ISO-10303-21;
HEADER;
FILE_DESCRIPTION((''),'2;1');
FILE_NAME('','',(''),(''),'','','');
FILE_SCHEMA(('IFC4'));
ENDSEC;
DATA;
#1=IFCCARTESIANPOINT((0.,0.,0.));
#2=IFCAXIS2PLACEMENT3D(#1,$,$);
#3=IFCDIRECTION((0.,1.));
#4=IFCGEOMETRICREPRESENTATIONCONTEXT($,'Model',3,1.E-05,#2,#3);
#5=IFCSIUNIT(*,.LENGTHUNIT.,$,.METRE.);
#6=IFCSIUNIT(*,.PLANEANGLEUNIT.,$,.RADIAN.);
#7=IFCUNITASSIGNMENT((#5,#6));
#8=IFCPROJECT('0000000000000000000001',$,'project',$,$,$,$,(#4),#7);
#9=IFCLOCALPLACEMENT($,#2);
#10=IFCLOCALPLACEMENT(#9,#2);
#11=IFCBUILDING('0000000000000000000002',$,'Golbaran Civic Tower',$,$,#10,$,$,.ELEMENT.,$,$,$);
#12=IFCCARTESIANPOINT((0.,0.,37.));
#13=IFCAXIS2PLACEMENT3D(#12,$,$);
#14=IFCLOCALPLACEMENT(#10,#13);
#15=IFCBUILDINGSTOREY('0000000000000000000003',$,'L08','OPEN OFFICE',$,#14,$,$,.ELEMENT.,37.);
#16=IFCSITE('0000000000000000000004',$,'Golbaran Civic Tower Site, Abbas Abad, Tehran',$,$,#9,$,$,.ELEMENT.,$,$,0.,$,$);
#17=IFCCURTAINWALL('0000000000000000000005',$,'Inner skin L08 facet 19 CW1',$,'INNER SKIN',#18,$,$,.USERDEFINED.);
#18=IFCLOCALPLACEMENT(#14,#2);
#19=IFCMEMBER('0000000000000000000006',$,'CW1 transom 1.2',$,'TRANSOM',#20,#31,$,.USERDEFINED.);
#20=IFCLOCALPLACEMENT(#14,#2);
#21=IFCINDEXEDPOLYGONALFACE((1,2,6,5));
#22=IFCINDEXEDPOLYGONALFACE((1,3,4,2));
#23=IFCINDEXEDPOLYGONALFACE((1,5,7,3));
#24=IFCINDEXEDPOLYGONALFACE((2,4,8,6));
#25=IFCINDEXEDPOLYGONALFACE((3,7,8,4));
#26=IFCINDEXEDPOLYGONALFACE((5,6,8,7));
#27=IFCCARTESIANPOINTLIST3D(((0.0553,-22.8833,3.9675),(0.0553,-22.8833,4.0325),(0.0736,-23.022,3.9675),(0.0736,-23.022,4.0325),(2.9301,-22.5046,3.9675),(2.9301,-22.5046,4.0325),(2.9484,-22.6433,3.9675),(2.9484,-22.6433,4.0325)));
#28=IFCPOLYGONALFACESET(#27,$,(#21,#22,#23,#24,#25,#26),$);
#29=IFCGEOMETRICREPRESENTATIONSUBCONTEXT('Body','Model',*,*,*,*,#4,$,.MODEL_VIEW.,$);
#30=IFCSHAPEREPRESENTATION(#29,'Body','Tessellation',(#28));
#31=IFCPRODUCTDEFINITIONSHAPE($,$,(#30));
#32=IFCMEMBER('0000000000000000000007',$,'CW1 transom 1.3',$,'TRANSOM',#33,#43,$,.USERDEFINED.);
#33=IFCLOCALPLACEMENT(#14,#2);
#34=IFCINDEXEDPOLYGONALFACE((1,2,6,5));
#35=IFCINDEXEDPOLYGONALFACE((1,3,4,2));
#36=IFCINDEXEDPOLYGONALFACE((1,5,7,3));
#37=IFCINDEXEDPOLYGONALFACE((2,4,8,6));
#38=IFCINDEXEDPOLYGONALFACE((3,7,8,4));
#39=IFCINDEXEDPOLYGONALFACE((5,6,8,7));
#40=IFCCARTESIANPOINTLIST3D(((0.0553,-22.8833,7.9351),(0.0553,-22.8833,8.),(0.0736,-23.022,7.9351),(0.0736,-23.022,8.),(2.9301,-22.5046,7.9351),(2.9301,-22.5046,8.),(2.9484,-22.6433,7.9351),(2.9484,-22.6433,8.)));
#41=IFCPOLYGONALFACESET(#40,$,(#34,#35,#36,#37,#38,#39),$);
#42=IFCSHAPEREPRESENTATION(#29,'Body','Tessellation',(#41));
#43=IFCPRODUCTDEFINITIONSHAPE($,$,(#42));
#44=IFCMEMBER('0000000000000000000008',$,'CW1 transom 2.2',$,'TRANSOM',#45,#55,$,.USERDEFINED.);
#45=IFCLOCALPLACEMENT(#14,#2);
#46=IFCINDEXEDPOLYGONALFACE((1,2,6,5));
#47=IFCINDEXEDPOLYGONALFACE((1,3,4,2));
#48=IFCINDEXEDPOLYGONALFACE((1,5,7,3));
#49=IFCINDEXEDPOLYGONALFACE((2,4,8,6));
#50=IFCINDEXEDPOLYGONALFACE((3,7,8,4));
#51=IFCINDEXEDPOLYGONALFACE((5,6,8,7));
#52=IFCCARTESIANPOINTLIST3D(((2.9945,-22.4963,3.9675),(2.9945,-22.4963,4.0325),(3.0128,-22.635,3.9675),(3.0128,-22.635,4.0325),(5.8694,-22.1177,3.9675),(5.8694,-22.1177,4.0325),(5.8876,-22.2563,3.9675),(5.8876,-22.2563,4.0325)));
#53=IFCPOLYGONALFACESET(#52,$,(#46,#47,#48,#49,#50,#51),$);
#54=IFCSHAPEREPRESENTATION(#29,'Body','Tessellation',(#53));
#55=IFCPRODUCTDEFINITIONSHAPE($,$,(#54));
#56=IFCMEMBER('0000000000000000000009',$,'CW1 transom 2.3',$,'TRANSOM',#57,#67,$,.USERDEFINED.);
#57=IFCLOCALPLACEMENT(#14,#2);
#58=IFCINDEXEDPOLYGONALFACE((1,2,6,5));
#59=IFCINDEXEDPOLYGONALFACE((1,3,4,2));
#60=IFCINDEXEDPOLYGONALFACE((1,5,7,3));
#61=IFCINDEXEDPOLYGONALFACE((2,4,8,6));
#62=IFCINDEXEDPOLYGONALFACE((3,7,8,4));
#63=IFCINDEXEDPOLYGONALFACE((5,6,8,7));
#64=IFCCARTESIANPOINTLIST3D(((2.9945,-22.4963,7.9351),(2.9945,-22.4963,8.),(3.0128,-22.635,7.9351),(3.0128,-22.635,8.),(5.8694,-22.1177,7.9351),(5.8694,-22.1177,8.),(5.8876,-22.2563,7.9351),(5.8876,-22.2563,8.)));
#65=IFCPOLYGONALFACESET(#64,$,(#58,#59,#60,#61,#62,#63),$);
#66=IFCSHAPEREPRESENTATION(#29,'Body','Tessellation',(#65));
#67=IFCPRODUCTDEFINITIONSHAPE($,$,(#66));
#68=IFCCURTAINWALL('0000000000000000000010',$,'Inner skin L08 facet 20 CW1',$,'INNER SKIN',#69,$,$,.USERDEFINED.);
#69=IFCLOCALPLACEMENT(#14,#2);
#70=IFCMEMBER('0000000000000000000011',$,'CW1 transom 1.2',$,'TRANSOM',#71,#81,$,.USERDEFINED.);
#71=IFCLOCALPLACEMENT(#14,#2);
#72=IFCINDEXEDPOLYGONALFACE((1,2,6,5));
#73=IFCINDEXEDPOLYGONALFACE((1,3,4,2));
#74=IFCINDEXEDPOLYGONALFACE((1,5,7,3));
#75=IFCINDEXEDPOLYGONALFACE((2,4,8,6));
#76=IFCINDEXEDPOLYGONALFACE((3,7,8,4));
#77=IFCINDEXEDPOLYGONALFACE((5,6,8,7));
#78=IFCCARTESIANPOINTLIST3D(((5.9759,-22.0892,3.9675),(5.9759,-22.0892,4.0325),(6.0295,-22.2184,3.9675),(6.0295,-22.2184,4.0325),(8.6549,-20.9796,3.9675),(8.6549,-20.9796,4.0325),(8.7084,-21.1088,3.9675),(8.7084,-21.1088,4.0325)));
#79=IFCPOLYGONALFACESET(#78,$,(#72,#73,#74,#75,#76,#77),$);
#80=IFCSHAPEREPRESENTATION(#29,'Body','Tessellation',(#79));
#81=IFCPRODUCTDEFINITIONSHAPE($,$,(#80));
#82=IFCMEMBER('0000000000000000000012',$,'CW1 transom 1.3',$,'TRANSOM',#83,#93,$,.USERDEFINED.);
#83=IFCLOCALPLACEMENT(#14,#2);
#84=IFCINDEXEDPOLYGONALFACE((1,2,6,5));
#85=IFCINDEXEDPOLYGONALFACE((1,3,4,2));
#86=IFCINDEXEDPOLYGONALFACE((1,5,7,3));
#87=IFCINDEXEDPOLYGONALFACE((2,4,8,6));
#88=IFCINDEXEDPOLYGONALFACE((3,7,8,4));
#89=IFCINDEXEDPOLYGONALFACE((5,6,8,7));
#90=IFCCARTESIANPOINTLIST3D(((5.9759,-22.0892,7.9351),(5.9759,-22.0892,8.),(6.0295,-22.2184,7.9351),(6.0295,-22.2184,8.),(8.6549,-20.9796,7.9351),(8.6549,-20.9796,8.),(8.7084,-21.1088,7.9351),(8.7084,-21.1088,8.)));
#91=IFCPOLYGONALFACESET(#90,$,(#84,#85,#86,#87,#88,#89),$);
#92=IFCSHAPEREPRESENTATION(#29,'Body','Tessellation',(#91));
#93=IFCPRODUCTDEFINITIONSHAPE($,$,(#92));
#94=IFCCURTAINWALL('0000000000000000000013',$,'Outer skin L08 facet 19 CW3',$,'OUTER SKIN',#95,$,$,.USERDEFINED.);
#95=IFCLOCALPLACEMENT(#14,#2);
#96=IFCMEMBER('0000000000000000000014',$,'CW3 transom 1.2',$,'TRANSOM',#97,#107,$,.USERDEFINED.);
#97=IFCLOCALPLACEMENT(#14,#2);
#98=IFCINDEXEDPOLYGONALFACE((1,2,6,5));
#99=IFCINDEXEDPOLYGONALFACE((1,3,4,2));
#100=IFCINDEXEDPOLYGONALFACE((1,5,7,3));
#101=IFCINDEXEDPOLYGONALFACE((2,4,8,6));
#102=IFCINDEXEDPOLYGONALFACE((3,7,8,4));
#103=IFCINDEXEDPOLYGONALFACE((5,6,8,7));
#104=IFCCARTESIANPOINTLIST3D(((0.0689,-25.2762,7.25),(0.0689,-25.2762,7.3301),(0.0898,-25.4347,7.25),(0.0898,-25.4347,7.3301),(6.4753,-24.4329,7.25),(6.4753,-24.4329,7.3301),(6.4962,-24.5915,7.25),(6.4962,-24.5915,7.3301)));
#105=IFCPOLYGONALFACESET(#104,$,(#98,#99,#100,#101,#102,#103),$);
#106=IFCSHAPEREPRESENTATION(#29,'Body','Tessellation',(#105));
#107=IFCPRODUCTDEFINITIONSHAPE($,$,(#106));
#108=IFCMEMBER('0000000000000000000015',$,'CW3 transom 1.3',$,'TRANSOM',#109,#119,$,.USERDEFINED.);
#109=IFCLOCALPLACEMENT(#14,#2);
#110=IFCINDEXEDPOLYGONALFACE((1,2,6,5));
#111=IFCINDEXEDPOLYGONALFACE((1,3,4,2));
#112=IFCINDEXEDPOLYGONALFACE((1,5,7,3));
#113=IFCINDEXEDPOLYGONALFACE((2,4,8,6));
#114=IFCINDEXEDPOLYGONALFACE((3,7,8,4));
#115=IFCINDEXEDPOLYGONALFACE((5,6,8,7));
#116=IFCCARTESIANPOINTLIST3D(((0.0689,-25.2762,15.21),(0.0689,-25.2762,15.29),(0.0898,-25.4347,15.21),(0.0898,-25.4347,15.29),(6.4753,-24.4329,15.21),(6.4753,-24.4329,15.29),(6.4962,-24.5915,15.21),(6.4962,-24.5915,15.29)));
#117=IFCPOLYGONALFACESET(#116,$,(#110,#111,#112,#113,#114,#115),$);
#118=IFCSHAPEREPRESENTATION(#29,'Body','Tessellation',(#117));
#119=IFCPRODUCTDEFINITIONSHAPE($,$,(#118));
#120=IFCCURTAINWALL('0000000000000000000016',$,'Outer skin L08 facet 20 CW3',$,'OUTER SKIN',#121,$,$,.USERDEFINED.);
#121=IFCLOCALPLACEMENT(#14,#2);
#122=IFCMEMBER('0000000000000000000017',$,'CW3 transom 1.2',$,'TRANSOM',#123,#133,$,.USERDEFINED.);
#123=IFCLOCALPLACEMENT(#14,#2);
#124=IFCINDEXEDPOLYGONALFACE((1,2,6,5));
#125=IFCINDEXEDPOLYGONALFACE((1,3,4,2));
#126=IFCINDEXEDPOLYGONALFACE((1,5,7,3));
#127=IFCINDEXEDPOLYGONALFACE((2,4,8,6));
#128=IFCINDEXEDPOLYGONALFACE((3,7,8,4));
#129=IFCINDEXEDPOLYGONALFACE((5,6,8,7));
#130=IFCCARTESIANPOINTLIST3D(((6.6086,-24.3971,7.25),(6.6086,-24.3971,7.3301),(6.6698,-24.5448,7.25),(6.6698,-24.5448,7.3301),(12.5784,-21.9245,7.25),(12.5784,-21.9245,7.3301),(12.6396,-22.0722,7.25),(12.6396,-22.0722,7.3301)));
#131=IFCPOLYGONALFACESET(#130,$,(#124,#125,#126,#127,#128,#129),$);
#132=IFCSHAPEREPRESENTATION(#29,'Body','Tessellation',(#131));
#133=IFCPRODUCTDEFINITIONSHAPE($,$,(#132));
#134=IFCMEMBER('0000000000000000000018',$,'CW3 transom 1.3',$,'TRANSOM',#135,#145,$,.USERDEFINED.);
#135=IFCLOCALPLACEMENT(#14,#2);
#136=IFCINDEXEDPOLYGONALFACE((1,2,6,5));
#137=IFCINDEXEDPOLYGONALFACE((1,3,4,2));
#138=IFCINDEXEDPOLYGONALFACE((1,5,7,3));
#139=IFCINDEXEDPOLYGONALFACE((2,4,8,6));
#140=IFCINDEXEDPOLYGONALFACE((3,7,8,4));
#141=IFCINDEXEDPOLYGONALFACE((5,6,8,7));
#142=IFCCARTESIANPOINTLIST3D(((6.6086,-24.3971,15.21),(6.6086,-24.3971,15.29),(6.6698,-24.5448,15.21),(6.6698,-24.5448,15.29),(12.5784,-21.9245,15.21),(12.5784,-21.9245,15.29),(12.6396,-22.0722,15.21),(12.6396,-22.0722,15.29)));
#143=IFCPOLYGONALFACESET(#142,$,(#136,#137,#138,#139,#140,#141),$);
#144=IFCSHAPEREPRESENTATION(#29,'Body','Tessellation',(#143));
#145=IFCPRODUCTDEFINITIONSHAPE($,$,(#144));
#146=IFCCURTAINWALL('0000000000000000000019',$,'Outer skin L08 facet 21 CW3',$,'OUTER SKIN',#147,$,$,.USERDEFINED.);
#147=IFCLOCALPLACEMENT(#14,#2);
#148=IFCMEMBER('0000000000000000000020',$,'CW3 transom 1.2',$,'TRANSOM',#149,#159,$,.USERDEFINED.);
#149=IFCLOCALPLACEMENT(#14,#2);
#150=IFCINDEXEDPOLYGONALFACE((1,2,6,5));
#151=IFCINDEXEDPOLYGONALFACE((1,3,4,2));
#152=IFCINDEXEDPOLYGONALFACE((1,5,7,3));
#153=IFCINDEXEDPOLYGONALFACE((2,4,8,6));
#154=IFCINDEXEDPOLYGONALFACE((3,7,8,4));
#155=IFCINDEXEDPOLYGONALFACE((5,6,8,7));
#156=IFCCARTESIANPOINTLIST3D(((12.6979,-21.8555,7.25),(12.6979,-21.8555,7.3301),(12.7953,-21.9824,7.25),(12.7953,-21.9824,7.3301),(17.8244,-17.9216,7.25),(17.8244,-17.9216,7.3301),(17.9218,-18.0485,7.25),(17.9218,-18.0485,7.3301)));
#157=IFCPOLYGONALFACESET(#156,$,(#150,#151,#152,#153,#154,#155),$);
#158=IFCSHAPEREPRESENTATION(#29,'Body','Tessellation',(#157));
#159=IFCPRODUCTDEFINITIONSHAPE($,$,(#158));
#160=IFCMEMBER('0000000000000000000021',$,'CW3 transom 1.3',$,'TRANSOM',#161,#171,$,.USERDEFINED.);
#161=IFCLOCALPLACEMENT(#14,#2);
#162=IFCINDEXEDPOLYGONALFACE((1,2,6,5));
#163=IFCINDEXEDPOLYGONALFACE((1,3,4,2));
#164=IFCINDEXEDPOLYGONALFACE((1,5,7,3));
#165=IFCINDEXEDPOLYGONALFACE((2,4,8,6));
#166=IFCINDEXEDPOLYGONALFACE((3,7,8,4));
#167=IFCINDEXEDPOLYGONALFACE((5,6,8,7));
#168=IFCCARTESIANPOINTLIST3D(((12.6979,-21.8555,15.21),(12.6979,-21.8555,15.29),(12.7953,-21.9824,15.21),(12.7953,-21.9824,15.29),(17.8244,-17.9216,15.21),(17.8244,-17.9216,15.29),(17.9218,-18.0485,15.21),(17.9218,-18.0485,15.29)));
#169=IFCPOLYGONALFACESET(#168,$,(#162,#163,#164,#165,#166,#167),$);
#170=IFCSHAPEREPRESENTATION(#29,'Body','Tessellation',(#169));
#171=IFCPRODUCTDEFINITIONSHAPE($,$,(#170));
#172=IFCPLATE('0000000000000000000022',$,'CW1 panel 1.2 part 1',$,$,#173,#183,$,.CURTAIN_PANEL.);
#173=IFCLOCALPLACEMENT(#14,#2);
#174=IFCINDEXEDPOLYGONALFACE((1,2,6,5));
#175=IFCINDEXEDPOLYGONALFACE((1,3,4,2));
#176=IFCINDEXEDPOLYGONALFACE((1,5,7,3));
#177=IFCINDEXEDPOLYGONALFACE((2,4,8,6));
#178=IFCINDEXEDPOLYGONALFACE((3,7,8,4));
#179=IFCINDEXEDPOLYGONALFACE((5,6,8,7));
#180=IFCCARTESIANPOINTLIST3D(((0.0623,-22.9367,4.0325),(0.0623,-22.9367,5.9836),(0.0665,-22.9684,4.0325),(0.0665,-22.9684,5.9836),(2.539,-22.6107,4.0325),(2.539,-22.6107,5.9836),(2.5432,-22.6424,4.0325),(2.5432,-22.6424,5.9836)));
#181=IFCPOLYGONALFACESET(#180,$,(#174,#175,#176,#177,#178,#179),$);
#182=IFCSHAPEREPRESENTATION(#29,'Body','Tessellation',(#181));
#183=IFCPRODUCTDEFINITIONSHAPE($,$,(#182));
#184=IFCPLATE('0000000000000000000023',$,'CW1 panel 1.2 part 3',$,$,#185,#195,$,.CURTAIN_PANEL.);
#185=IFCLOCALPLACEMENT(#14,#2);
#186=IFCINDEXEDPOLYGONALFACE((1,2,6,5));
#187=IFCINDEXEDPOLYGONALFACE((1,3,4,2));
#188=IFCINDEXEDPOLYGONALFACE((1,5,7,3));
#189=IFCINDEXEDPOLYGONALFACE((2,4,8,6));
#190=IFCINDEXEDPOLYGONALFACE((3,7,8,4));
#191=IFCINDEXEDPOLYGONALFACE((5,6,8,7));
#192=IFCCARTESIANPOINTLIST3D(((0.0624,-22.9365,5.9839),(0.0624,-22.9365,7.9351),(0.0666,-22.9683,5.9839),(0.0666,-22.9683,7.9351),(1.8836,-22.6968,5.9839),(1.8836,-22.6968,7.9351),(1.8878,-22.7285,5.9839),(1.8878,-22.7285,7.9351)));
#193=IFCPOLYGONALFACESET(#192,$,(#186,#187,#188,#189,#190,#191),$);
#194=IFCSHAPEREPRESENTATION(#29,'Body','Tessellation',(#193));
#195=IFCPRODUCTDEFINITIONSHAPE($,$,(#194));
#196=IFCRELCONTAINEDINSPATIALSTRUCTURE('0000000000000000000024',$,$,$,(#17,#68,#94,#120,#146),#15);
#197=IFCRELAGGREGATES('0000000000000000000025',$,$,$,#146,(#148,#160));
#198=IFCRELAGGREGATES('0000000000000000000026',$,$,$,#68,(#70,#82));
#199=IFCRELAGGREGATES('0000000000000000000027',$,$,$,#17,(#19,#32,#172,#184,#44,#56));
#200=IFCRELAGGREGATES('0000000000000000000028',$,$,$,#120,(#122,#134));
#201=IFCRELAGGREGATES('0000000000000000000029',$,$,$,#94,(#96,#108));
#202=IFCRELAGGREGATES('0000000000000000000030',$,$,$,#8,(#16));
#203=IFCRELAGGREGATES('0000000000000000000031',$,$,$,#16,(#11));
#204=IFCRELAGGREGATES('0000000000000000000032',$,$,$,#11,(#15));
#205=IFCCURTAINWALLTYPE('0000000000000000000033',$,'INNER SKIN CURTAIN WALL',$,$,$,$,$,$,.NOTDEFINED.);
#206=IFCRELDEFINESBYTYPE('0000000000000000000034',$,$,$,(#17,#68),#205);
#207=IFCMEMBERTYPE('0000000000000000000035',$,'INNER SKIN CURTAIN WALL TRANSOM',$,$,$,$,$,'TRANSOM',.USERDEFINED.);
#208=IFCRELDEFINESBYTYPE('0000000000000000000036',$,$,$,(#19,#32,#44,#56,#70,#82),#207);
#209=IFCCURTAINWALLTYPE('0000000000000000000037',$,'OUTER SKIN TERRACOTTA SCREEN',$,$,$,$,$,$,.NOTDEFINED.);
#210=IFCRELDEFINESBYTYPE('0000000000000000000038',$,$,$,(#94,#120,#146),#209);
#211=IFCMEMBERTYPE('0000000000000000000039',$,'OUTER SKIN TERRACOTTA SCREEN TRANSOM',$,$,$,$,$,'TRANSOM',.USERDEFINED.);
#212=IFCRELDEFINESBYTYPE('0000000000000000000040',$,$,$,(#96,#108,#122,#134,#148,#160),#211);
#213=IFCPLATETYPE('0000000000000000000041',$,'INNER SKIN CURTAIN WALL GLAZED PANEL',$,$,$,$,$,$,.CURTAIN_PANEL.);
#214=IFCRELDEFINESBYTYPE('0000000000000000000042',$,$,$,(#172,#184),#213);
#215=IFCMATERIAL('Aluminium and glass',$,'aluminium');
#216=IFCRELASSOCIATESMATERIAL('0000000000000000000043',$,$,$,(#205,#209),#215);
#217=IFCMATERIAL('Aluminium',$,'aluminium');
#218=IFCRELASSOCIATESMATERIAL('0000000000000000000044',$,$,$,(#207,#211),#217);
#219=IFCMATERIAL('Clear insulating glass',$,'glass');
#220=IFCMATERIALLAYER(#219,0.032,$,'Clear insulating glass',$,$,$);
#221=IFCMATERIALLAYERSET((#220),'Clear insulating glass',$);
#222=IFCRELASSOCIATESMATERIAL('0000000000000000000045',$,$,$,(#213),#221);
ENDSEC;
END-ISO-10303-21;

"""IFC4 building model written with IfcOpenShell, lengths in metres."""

from ifc_helpers import new_model, si_unit, direction, frame, origin, origin_2d, place, context, subcontext, project, spatial, rectangle, extrude, material, layer, layer_set, material_profile, profile_set, type_object, element, aggregate, save


model = new_model("IFC4")

# Units and contexts
model_context = context("Model", 3, precision=1e-05, world=origin(), true_north=direction((0.0, 1.0)))
body_context = subcontext(model_context, "Body", "Model", "MODEL_VIEW")
ifc_project = project(units=[si_unit("LENGTHUNIT", "METRE"), si_unit("PLANEANGLEUNIT", "RADIAN")], contexts=[model_context])

# Site, building, storey
site_placement = place(None, origin())
site = spatial("IfcSite", under=ifc_project, at=site_placement, Name="Golbaran Civic Tower Site, Abbas Abad, Tehran", CompositionType="ELEMENT", RefElevation=0.0)
building_placement = place(site_placement, origin())
building = spatial("IfcBuilding", under=site, at=building_placement, Name="Golbaran Civic Tower", CompositionType="ELEMENT")
storey_placement = place(building_placement, frame((0.0, 0.0, 37.0)))
storey = spatial("IfcBuildingStorey", under=building, at=storey_placement, Name="L08", Description="OPEN OFFICE", CompositionType="ELEMENT", Elevation=37.0)

# Curtain walls, members
ifc_material_1 = material(Name="Aluminium and glass", Category="aluminium")
curtain_wall_type_1 = type_object("IfcCurtainWallType", Name="INNER SKIN CURTAIN WALL", PredefinedType="NOTDEFINED", material=ifc_material_1)
curtain_wall_1_placement = place(storey_placement, origin())
curtain_wall_1 = element("IfcCurtainWall", 1, at=curtain_wall_1_placement, inside=storey, type_object=curtain_wall_type_1, Name="Inner skin L08 facet 19 CW1", ObjectType="INNER SKIN", PredefinedType="USERDEFINED")
ifc_material_2 = material(Name="Aluminium", Category="aluminium")
ifc_material_profile_1 = material_profile(ifc_material_2, rectangle(XDim=0.1399, YDim=0.0649, at=origin_2d()), Name="INNER SKIN CURTAIN WALL TRANSOM")
ifc_profile_set_1 = profile_set([ifc_material_profile_1], Name="Aluminium")
member_type_1 = type_object("IfcMemberType", Name="INNER SKIN CURTAIN WALL TRANSOM", ElementType="TRANSOM", PredefinedType="USERDEFINED", material=ifc_profile_set_1)
member_1_placement = place(storey_placement, frame((0.0645, -22.9526, 4.0), z_axis=(0.991436, 0.130592, 0.0), x_axis=(-0.130592, 0.991436, 0.0)))
member_1 = element("IfcMember", 2, at=member_1_placement, type_object=member_type_1, Name="CW1 transom 1.2", ObjectType="TRANSOM", PredefinedType="USERDEFINED", context=body_context, shape_type="SweptSolid", body=[
    extrude(rectangle(XDim=0.1399, YDim=0.0649, at=origin_2d()), origin(), (0.0, 0.0, 1.0), 2.8997),
])
member_2_placement = place(storey_placement, frame((0.0645, -22.9526, 7.9675), z_axis=(0.991436, 0.130592, 0.0), x_axis=(-0.130592, 0.991436, 0.0)))
member_2 = element("IfcMember", 3, at=member_2_placement, type_object=member_type_1, Name="CW1 transom 1.3", ObjectType="TRANSOM", PredefinedType="USERDEFINED", context=body_context, shape_type="SweptSolid", body=[
    extrude(rectangle(XDim=0.1399, YDim=0.0649, at=origin_2d()), origin(), (0.0, 0.0, 1.0), 2.8997),
])
member_3_placement = place(storey_placement, frame((3.0037, -22.5657, 4.0), z_axis=(0.991436, 0.130592, 0.0), x_axis=(-0.130592, 0.991436, 0.0)))
member_3 = element("IfcMember", 4, at=member_3_placement, type_object=member_type_1, Name="CW1 transom 2.2", ObjectType="TRANSOM", PredefinedType="USERDEFINED", context=body_context, shape_type="SweptSolid", body=[
    extrude(rectangle(XDim=0.1399, YDim=0.0649, at=origin_2d()), origin(), (0.0, 0.0, 1.0), 2.8997),
])
member_4_placement = place(storey_placement, frame((3.0037, -22.5657, 7.9675), z_axis=(0.991436, 0.130592, 0.0), x_axis=(-0.130592, 0.991436, 0.0)))
member_4 = element("IfcMember", 5, at=member_4_placement, type_object=member_type_1, Name="CW1 transom 2.3", ObjectType="TRANSOM", PredefinedType="USERDEFINED", context=body_context, shape_type="SweptSolid", body=[
    extrude(rectangle(XDim=0.1399, YDim=0.0649, at=origin_2d()), origin(), (0.0, 0.0, 1.0), 2.8997),
])
curtain_wall_2_placement = place(storey_placement, origin())
curtain_wall_2 = element("IfcCurtainWall", 6, at=curtain_wall_2_placement, inside=storey, type_object=curtain_wall_type_1, Name="Inner skin L08 facet 20 CW1", ObjectType="INNER SKIN", PredefinedType="USERDEFINED")
member_5_placement = place(storey_placement, frame((6.0027, -22.1538, 4.0), z_axis=(0.923884, 0.382672, 0.0), x_axis=(-0.382672, 0.923884, 0.0)))
member_5 = element("IfcMember", 7, at=member_5_placement, type_object=member_type_1, Name="CW1 transom 1.2", ObjectType="TRANSOM", PredefinedType="USERDEFINED", context=body_context, shape_type="SweptSolid", body=[
    extrude(rectangle(XDim=0.1399, YDim=0.0649, at=origin_2d()), origin(), (0.0, 0.0, 1.0), 2.8997),
])
member_6_placement = place(storey_placement, frame((6.0027, -22.1538, 7.9675), z_axis=(0.923884, 0.382672, 0.0), x_axis=(-0.382672, 0.923884, 0.0)))
member_6 = element("IfcMember", 8, at=member_6_placement, type_object=member_type_1, Name="CW1 transom 1.3", ObjectType="TRANSOM", PredefinedType="USERDEFINED", context=body_context, shape_type="SweptSolid", body=[
    extrude(rectangle(XDim=0.1399, YDim=0.0649, at=origin_2d()), origin(), (0.0, 0.0, 1.0), 2.8997),
])
curtain_wall_type_2 = type_object("IfcCurtainWallType", Name="OUTER SKIN TERRACOTTA SCREEN", PredefinedType="NOTDEFINED", material=ifc_material_1)
curtain_wall_3_placement = place(storey_placement, origin())
curtain_wall_3 = element("IfcCurtainWall", 9, at=curtain_wall_3_placement, inside=storey, type_object=curtain_wall_type_2, Name="Outer skin L08 facet 19 CW3", ObjectType="OUTER SKIN", PredefinedType="USERDEFINED")
ifc_material_profile_2 = material_profile(ifc_material_2, rectangle(XDim=0.1599, YDim=0.0801, at=origin_2d()), Name="OUTER SKIN TERRACOTTA SCREEN TRANSOM")
ifc_profile_set_2 = profile_set([ifc_material_profile_2], Name="Aluminium")
member_type_2 = type_object("IfcMemberType", Name="OUTER SKIN TERRACOTTA SCREEN TRANSOM", ElementType="TRANSOM", PredefinedType="USERDEFINED", material=ifc_profile_set_2)
member_7_placement = place(storey_placement, frame((0.0793, -25.3555, 7.29), z_axis=(0.991448, 0.1305, 0.0), x_axis=(-0.1305, 0.991448, 0.0)))
member_7 = element("IfcMember", 10, at=member_7_placement, type_object=member_type_2, Name="CW3 transom 1.2", ObjectType="TRANSOM", PredefinedType="USERDEFINED", context=body_context, shape_type="SweptSolid", body=[
    extrude(rectangle(XDim=0.1599, YDim=0.0801, at=origin_2d()), origin(), (0.0, 0.0, 1.0), 6.4617),
])
member_8_placement = place(storey_placement, frame((0.0793, -25.3555, 15.25), z_axis=(0.991448, 0.1305, 0.0), x_axis=(-0.1305, 0.991448, 0.0)))
member_8 = element("IfcMember", 11, at=member_8_placement, type_object=member_type_2, Name="CW3 transom 1.3", ObjectType="TRANSOM", PredefinedType="USERDEFINED", context=body_context, shape_type="SweptSolid", body=[
    extrude(rectangle(XDim=0.1599, YDim=0.0801, at=origin_2d()), origin(), (0.0, 0.0, 1.0), 6.4617),
])
curtain_wall_4_placement = place(storey_placement, origin())
curtain_wall_4 = element("IfcCurtainWall", 12, at=curtain_wall_4_placement, inside=storey, type_object=curtain_wall_type_2, Name="Outer skin L08 facet 20 CW3", ObjectType="OUTER SKIN", PredefinedType="USERDEFINED")
member_9_placement = place(storey_placement, frame((6.6392, -24.4709, 7.29), z_axis=(0.92389, 0.382659, 0.0), x_axis=(-0.382659, 0.92389, 0.0)))
member_9 = element("IfcMember", 13, at=member_9_placement, type_object=member_type_2, Name="CW3 transom 1.2", ObjectType="TRANSOM", PredefinedType="USERDEFINED", context=body_context, shape_type="SweptSolid", body=[
    extrude(rectangle(XDim=0.1599, YDim=0.0801, at=origin_2d()), origin(), (0.0, 0.0, 1.0), 6.4617),
])
member_10_placement = place(storey_placement, frame((6.6392, -24.4709, 15.25), z_axis=(0.92389, 0.382659, 0.0), x_axis=(-0.382659, 0.92389, 0.0)))
member_10 = element("IfcMember", 14, at=member_10_placement, type_object=member_type_2, Name="CW3 transom 1.3", ObjectType="TRANSOM", PredefinedType="USERDEFINED", context=body_context, shape_type="SweptSolid", body=[
    extrude(rectangle(XDim=0.1599, YDim=0.0801, at=origin_2d()), origin(), (0.0, 0.0, 1.0), 6.4617),
])
curtain_wall_5_placement = place(storey_placement, origin())
curtain_wall_5 = element("IfcCurtainWall", 15, at=curtain_wall_5_placement, inside=storey, type_object=curtain_wall_type_2, Name="Outer skin L08 facet 21 CW3", ObjectType="OUTER SKIN", PredefinedType="USERDEFINED")
member_11_placement = place(storey_placement, frame((12.7466, -21.9189, 7.29), z_axis=(0.793341, 0.608777, 0.0), x_axis=(-0.608777, 0.793341, 0.0)))
member_11 = element("IfcMember", 16, at=member_11_placement, type_object=member_type_2, Name="CW3 transom 1.2", ObjectType="TRANSOM", PredefinedType="USERDEFINED", context=body_context, shape_type="SweptSolid", body=[
    extrude(rectangle(XDim=0.1599, YDim=0.0801, at=origin_2d()), origin(), (0.0, 0.0, 1.0), 6.4619),
])
member_12_placement = place(storey_placement, frame((12.7466, -21.9189, 15.25), z_axis=(0.793341, 0.608777, 0.0), x_axis=(-0.608777, 0.793341, 0.0)))
member_12 = element("IfcMember", 17, at=member_12_placement, type_object=member_type_2, Name="CW3 transom 1.3", ObjectType="TRANSOM", PredefinedType="USERDEFINED", context=body_context, shape_type="SweptSolid", body=[
    extrude(rectangle(XDim=0.1599, YDim=0.0801, at=origin_2d()), origin(), (0.0, 0.0, 1.0), 6.4619),
])
aggregate(curtain_wall_5, [member_11, member_12])

# Plates
ifc_material_3 = material(Name="Clear insulating glass", Category="glass")
ifc_layer_1 = layer(ifc_material_3, 0.032, Name="Clear insulating glass")
ifc_layer_set_1 = layer_set([ifc_layer_1], Name="Clear insulating glass")
plate_type_1 = type_object("IfcPlateType", Name="INNER SKIN CURTAIN WALL GLAZED PANEL", PredefinedType="CURTAIN_PANEL", material=ifc_layer_set_1)
plate_1_placement = place(storey_placement, frame((1.3027, -22.7896, 4.0325), z_axis=(0.0, 0.0, 1.0), x_axis=(0.991445, 0.130526, 0.0)))
plate_1 = element("IfcPlate", 18, at=plate_1_placement, type_object=plate_type_1, Name="CW1 panel 1.2 part 1", PredefinedType="CURTAIN_PANEL", context=body_context, shape_type="SweptSolid", body=[
    extrude(rectangle(XDim=2.498, YDim=0.032, at=origin_2d()), origin(), (0.0, 0.0, 1.0), 1.9512),
])
plate_2_placement = place(storey_placement, frame((0.9751, -22.8325, 5.9839), z_axis=(0.0, 0.0, 1.0), x_axis=(0.991445, 0.130526, 0.0)))
plate_2 = element("IfcPlate", 19, at=plate_2_placement, type_object=plate_type_1, Name="CW1 panel 1.2 part 3", PredefinedType="CURTAIN_PANEL", context=body_context, shape_type="SweptSolid", body=[
    extrude(rectangle(XDim=1.8369, YDim=0.032, at=origin_2d()), origin(), (0.0, 0.0, 1.0), 1.9512),
])
aggregate(curtain_wall_2, [member_5, member_6])
aggregate(curtain_wall_1, [member_1, member_2, plate_1, plate_2, member_3, member_4])
aggregate(curtain_wall_4, [member_9, member_10])
aggregate(curtain_wall_3, [member_7, member_8])

save(model, "model.ifc")
